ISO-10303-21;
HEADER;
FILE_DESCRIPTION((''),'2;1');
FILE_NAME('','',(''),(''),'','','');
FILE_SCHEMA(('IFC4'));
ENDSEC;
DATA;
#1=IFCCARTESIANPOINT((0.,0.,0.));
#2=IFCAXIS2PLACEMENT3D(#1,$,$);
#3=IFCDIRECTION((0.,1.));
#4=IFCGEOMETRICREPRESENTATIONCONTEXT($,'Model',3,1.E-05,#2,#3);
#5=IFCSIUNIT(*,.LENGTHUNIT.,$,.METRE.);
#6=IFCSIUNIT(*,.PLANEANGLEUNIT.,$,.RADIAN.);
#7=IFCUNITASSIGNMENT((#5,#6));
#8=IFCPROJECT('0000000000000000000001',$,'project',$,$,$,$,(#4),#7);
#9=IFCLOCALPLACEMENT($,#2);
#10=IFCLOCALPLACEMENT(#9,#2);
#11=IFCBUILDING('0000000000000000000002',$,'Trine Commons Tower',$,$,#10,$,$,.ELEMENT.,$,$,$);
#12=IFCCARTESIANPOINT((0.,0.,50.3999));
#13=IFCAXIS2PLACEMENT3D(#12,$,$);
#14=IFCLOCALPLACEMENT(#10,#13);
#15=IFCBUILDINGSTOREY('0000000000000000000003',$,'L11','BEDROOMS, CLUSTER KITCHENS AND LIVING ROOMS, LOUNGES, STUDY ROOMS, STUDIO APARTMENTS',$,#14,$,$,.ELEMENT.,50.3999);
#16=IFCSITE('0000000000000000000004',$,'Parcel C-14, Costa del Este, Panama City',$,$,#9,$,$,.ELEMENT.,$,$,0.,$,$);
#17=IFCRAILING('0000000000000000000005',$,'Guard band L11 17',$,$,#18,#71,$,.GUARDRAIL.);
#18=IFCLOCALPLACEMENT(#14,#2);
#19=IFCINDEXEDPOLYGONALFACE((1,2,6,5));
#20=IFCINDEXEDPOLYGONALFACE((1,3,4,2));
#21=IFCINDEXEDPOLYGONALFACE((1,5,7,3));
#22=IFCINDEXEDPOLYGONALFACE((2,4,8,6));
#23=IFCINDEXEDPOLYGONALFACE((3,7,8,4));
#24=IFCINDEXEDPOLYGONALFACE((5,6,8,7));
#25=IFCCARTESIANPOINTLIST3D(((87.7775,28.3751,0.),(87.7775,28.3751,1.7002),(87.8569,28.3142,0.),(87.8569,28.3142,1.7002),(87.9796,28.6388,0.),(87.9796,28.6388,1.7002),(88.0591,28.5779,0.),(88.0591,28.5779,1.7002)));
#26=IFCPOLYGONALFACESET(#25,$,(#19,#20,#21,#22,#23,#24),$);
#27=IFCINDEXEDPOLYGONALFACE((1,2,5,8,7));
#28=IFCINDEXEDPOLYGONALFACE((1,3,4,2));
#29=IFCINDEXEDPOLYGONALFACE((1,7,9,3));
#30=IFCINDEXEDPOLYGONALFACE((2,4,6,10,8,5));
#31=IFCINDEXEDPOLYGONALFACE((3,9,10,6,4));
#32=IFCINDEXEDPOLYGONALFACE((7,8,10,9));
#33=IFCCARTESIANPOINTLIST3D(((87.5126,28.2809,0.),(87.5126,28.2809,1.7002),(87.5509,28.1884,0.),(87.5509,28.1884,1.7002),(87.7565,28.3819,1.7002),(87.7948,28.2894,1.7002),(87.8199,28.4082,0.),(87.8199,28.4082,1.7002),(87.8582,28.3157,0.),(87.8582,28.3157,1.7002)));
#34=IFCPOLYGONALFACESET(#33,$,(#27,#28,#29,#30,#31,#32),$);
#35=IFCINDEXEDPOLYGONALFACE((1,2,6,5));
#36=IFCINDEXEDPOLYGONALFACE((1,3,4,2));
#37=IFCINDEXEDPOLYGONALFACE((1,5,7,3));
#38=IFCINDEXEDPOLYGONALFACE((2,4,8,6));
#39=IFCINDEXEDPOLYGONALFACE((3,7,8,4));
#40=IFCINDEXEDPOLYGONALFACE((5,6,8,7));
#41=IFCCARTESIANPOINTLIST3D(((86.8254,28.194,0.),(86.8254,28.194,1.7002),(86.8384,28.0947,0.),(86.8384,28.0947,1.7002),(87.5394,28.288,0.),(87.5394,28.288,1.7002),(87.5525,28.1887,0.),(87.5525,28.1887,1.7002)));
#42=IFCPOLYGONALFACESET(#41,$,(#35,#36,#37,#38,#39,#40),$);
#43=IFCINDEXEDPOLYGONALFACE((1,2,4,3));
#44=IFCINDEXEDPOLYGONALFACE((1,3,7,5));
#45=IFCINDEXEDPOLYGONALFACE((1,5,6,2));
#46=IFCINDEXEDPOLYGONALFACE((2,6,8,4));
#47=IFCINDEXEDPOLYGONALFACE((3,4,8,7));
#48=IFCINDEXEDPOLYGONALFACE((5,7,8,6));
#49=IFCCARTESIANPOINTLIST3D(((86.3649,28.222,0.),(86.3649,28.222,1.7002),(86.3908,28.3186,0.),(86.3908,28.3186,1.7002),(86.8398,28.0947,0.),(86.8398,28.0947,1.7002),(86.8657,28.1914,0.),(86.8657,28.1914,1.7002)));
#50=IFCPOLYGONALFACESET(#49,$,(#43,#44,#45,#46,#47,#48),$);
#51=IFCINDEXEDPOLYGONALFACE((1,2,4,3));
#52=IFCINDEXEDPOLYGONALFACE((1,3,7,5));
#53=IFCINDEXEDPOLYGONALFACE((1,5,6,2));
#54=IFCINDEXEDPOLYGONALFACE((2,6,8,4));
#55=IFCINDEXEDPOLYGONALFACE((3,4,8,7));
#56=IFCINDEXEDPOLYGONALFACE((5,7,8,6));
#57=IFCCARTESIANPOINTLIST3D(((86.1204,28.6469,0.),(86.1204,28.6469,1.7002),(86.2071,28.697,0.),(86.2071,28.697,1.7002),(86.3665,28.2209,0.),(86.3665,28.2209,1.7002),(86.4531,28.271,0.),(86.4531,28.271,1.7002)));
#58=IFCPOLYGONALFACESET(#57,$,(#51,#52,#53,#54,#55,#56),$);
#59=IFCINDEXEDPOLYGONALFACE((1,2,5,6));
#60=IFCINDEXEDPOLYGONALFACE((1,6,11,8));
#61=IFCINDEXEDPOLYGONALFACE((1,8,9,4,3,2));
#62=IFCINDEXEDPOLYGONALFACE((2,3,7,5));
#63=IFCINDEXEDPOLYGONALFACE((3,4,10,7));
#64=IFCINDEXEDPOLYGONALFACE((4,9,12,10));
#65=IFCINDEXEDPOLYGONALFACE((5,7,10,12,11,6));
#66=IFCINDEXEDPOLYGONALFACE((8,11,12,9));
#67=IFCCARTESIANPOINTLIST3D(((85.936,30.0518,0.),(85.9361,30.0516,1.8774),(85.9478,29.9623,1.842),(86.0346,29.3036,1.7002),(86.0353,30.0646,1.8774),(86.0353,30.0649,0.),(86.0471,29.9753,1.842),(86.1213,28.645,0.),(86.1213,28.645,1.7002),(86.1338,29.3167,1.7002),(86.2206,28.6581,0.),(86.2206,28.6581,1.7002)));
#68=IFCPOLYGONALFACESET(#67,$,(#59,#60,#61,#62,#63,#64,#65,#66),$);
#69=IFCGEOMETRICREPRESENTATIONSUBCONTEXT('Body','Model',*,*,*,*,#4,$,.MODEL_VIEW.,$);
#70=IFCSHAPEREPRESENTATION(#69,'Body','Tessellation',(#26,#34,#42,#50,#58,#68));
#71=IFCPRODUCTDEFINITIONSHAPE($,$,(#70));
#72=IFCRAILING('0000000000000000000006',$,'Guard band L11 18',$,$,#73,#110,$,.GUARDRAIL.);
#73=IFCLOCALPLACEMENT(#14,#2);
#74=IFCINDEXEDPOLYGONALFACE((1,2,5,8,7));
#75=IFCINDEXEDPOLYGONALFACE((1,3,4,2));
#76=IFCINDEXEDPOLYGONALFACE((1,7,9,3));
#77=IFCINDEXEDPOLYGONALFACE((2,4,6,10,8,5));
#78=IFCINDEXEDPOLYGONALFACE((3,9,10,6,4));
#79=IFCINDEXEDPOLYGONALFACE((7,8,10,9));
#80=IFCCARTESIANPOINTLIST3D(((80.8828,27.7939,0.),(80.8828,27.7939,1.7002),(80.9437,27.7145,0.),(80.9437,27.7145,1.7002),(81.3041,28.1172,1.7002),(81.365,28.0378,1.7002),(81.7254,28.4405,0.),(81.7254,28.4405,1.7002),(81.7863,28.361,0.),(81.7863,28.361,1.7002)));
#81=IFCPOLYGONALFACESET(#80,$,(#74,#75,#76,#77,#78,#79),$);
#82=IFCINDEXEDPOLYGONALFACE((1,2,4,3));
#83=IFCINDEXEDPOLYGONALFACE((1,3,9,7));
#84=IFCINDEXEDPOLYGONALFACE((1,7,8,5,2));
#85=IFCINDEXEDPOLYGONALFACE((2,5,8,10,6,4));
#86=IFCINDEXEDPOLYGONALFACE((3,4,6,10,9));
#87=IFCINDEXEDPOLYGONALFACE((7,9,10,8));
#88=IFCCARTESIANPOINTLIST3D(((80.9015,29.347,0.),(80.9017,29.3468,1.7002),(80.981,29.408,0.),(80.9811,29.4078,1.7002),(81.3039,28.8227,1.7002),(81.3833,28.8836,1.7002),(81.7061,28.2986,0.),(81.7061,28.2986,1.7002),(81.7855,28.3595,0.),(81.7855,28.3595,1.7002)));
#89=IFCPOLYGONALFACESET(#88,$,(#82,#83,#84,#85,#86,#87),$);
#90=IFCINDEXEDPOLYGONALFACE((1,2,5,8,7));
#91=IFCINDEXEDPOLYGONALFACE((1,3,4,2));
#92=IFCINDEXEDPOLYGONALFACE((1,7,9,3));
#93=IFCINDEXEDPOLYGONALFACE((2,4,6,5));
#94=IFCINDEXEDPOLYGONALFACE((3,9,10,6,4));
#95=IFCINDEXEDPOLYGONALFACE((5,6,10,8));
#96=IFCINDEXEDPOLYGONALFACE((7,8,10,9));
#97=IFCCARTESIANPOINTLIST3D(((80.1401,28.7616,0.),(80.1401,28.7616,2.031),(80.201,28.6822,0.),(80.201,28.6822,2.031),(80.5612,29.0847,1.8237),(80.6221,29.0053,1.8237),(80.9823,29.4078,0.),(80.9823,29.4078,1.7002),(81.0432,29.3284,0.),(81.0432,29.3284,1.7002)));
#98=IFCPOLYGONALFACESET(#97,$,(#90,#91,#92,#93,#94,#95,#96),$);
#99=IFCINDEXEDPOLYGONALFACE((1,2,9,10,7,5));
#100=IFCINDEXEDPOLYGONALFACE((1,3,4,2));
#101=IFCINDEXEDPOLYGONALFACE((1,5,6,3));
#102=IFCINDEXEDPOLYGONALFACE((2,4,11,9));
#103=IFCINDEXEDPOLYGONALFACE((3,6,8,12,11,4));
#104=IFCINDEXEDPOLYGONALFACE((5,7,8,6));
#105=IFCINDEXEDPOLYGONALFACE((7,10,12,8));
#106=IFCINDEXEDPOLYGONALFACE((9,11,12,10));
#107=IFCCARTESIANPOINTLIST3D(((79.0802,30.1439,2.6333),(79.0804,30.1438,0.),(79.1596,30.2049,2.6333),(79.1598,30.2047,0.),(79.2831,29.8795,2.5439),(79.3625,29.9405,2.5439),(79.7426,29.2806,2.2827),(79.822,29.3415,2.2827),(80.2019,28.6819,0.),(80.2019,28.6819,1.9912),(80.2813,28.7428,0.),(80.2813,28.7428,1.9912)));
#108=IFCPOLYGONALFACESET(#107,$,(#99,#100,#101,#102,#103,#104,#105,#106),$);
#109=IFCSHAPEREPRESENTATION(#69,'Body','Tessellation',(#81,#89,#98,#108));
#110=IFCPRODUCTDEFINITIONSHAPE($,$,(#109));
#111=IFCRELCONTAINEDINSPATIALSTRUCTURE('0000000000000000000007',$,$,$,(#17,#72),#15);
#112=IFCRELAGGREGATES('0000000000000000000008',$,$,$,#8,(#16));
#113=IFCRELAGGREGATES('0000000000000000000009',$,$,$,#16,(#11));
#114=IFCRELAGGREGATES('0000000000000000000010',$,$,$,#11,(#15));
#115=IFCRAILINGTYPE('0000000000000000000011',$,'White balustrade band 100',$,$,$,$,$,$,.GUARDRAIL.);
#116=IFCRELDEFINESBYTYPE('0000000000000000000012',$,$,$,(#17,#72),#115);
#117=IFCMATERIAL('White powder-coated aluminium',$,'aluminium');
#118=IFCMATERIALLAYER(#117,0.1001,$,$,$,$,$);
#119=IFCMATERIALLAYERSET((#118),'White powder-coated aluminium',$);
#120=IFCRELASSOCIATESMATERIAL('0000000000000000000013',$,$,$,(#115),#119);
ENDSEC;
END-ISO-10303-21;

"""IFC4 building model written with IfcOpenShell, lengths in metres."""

from ifc_helpers import new_model, si_unit, direction, frame, origin, place, context, subcontext, project, spatial, polyline, outline, extrude, material, layer, layer_set, type_object, element, save


model = new_model("IFC4")

# Units and contexts
model_context = context("Model", 3, precision=1e-05, world=origin(), true_north=direction((0.0, 1.0)))
body_context = subcontext(model_context, "Body", "Model", "MODEL_VIEW")
ifc_project = project(units=[si_unit("LENGTHUNIT", "METRE"), si_unit("PLANEANGLEUNIT", "RADIAN")], contexts=[model_context])

# Site, building, storey
site_placement = place(None, origin())
site = spatial("IfcSite", under=ifc_project, at=site_placement, Name="Parcel C-14, Costa del Este, Panama City", CompositionType="ELEMENT", RefElevation=0.0)
building_placement = place(site_placement, origin())
building = spatial("IfcBuilding", under=site, at=building_placement, Name="Trine Commons Tower", CompositionType="ELEMENT")
storey_placement = place(building_placement, frame((0.0, 0.0, 50.3999)))
storey = spatial("IfcBuildingStorey", under=building, at=storey_placement, Name="L11", Description="BEDROOMS, CLUSTER KITCHENS AND LIVING ROOMS, LOUNGES, STUDY ROOMS, STUDIO APARTMENTS", CompositionType="ELEMENT", Elevation=50.3999)

# Railings
ifc_material_1 = material(Name="White powder-coated aluminium", Category="aluminium")
ifc_layer_1 = layer(ifc_material_1, 0.1001)
ifc_layer_set_1 = layer_set([ifc_layer_1], Name="White powder-coated aluminium")
railing_type = type_object("IfcRailingType", Name="White balustrade band 100", PredefinedType="GUARDRAIL", material=ifc_layer_set_1)
railing_1_placement = place(storey_placement, origin())
element("IfcRailing", 1, at=railing_1_placement, inside=storey, type_object=railing_type, Name="Guard band L11 17", PredefinedType="GUARDRAIL", context=body_context, shape_type="SweptSolid", body=[
    extrude(outline(polyline([(0.0, 0.0), (0.3323, 0.0), (0.3323, 1.7002), (0.0, 1.7002), (0.0, 0.0)])), frame((88.0591, 28.5779, 0.0), z_axis=(-0.793606, 0.608432, 0.0), x_axis=(-0.608432, -0.793606, 0.0)), (0.0, 0.0, 1.0), 0.1001),
    extrude(outline(polyline([(0.0, 0.0), (0.3325, 0.0), (0.3325, 1.7002), (0.0686, 1.7002), (0.0, 1.7002), (0.0, 0.0)])), frame((87.8582, 28.3157, 0.0), z_axis=(-0.382633, 0.9239, 0.0), x_axis=(-0.9239, -0.382633, 0.0)), (0.0, 0.0, 1.0), 0.1001),
    extrude(outline(polyline([(0.0, 0.0), (0.7202, 0.0), (0.7202, 1.7002), (0.0, 1.7002), (0.0, 0.0)])), frame((87.5525, 28.1887, 0.0), z_axis=(-0.130498, 0.991449, 0.0), x_axis=(-0.991449, -0.130498, 0.0)), (0.0, 0.0, 1.0), 0.1001),
    extrude(outline(polyline([(0.0, 0.0), (0.4917, 0.0), (0.4917, 1.7002), (0.0, 1.7002), (0.0, 0.0)])), frame((86.8398, 28.0947, 0.0), z_axis=(0.258744, 0.965946, 0.0), x_axis=(-0.965946, 0.258744, 0.0)), (0.0, 0.0, 1.0), 0.1001),
    extrude(outline(polyline([(0.0, 0.0), (0.4919, 0.0), (0.4919, 1.7002), (0.0, 1.7002), (0.0, 0.0)])), frame((86.3665, 28.2209, 0.0), z_axis=(0.865913, 0.500195, 0.0), x_axis=(-0.500195, 0.865913, 0.0)), (0.0, 0.0, 1.0), 0.1001),
    extrude(outline(polyline([(0.0, 0.0), (1.4189, 0.0), (1.4187, 1.8774), (1.3286, 1.842), (0.6643, 1.7002), (0.0, 1.7002), (0.0, 0.0)])), frame((86.1213, 28.645, 0.0), z_axis=(0.991436, 0.130597, 0.0), x_axis=(-0.130597, 0.991436, 0.0)), (0.0, 0.0, 1.0), 0.1001),
])
railing_2_placement = place(storey_placement, origin())
element("IfcRailing", 2, at=railing_2_placement, inside=storey, type_object=railing_type, Name="Guard band L11 18", PredefinedType="GUARDRAIL", context=body_context, shape_type="SweptSolid", body=[
    extrude(outline(polyline([(0.0, 0.0), (1.062, 0.0), (1.062, 1.7002), (0.531, 1.7002), (0.0, 1.7002), (0.0, 0.0)])), frame((80.8828, 27.7939, 0.0), z_axis=(0.608755, -0.793358, 0.0), x_axis=(0.793358, 0.608755, 0.0)), (0.0, 0.0, 1.0), 0.1001),
    extrude(outline(polyline([(0.0, 0.0), (1.3215, 0.0), (1.3213, 1.7002), (0.6606, 1.7002), (0.0, 1.7002), (0.0, 0.0)])), frame((81.7061, 28.2986, 0.0), z_axis=(0.793345, 0.608773, 0.0), x_axis=(-0.608773, 0.793345, 0.0)), (0.0, 0.0, 1.0), 0.1001),
    extrude(outline(polyline([(0.0, 0.0), (1.0615, 0.0), (1.0615, 2.031), (0.5308, 1.8237), (0.0, 1.7002), (0.0, 0.0)])), frame((81.0432, 29.3284, 0.0), z_axis=(-0.608721, 0.793384, 0.0), x_axis=(-0.793384, -0.608721, 0.0)), (0.0, 0.0, 1.0), 0.1001),
    extrude(outline(polyline([(0.0, 0.0), (1.8425, 0.0), (1.8428, 2.6333), (1.5095, 2.5439), (0.7546, 2.2827), (0.0, 1.9912), (0.0, 0.0)])), frame((80.2019, 28.6819, 0.0), z_axis=(0.793402, 0.608699, 0.0), x_axis=(-0.608699, 0.793402, 0.0)), (0.0, 0.0, 1.0), 0.1001),
])

save(model, "model.ifc")
